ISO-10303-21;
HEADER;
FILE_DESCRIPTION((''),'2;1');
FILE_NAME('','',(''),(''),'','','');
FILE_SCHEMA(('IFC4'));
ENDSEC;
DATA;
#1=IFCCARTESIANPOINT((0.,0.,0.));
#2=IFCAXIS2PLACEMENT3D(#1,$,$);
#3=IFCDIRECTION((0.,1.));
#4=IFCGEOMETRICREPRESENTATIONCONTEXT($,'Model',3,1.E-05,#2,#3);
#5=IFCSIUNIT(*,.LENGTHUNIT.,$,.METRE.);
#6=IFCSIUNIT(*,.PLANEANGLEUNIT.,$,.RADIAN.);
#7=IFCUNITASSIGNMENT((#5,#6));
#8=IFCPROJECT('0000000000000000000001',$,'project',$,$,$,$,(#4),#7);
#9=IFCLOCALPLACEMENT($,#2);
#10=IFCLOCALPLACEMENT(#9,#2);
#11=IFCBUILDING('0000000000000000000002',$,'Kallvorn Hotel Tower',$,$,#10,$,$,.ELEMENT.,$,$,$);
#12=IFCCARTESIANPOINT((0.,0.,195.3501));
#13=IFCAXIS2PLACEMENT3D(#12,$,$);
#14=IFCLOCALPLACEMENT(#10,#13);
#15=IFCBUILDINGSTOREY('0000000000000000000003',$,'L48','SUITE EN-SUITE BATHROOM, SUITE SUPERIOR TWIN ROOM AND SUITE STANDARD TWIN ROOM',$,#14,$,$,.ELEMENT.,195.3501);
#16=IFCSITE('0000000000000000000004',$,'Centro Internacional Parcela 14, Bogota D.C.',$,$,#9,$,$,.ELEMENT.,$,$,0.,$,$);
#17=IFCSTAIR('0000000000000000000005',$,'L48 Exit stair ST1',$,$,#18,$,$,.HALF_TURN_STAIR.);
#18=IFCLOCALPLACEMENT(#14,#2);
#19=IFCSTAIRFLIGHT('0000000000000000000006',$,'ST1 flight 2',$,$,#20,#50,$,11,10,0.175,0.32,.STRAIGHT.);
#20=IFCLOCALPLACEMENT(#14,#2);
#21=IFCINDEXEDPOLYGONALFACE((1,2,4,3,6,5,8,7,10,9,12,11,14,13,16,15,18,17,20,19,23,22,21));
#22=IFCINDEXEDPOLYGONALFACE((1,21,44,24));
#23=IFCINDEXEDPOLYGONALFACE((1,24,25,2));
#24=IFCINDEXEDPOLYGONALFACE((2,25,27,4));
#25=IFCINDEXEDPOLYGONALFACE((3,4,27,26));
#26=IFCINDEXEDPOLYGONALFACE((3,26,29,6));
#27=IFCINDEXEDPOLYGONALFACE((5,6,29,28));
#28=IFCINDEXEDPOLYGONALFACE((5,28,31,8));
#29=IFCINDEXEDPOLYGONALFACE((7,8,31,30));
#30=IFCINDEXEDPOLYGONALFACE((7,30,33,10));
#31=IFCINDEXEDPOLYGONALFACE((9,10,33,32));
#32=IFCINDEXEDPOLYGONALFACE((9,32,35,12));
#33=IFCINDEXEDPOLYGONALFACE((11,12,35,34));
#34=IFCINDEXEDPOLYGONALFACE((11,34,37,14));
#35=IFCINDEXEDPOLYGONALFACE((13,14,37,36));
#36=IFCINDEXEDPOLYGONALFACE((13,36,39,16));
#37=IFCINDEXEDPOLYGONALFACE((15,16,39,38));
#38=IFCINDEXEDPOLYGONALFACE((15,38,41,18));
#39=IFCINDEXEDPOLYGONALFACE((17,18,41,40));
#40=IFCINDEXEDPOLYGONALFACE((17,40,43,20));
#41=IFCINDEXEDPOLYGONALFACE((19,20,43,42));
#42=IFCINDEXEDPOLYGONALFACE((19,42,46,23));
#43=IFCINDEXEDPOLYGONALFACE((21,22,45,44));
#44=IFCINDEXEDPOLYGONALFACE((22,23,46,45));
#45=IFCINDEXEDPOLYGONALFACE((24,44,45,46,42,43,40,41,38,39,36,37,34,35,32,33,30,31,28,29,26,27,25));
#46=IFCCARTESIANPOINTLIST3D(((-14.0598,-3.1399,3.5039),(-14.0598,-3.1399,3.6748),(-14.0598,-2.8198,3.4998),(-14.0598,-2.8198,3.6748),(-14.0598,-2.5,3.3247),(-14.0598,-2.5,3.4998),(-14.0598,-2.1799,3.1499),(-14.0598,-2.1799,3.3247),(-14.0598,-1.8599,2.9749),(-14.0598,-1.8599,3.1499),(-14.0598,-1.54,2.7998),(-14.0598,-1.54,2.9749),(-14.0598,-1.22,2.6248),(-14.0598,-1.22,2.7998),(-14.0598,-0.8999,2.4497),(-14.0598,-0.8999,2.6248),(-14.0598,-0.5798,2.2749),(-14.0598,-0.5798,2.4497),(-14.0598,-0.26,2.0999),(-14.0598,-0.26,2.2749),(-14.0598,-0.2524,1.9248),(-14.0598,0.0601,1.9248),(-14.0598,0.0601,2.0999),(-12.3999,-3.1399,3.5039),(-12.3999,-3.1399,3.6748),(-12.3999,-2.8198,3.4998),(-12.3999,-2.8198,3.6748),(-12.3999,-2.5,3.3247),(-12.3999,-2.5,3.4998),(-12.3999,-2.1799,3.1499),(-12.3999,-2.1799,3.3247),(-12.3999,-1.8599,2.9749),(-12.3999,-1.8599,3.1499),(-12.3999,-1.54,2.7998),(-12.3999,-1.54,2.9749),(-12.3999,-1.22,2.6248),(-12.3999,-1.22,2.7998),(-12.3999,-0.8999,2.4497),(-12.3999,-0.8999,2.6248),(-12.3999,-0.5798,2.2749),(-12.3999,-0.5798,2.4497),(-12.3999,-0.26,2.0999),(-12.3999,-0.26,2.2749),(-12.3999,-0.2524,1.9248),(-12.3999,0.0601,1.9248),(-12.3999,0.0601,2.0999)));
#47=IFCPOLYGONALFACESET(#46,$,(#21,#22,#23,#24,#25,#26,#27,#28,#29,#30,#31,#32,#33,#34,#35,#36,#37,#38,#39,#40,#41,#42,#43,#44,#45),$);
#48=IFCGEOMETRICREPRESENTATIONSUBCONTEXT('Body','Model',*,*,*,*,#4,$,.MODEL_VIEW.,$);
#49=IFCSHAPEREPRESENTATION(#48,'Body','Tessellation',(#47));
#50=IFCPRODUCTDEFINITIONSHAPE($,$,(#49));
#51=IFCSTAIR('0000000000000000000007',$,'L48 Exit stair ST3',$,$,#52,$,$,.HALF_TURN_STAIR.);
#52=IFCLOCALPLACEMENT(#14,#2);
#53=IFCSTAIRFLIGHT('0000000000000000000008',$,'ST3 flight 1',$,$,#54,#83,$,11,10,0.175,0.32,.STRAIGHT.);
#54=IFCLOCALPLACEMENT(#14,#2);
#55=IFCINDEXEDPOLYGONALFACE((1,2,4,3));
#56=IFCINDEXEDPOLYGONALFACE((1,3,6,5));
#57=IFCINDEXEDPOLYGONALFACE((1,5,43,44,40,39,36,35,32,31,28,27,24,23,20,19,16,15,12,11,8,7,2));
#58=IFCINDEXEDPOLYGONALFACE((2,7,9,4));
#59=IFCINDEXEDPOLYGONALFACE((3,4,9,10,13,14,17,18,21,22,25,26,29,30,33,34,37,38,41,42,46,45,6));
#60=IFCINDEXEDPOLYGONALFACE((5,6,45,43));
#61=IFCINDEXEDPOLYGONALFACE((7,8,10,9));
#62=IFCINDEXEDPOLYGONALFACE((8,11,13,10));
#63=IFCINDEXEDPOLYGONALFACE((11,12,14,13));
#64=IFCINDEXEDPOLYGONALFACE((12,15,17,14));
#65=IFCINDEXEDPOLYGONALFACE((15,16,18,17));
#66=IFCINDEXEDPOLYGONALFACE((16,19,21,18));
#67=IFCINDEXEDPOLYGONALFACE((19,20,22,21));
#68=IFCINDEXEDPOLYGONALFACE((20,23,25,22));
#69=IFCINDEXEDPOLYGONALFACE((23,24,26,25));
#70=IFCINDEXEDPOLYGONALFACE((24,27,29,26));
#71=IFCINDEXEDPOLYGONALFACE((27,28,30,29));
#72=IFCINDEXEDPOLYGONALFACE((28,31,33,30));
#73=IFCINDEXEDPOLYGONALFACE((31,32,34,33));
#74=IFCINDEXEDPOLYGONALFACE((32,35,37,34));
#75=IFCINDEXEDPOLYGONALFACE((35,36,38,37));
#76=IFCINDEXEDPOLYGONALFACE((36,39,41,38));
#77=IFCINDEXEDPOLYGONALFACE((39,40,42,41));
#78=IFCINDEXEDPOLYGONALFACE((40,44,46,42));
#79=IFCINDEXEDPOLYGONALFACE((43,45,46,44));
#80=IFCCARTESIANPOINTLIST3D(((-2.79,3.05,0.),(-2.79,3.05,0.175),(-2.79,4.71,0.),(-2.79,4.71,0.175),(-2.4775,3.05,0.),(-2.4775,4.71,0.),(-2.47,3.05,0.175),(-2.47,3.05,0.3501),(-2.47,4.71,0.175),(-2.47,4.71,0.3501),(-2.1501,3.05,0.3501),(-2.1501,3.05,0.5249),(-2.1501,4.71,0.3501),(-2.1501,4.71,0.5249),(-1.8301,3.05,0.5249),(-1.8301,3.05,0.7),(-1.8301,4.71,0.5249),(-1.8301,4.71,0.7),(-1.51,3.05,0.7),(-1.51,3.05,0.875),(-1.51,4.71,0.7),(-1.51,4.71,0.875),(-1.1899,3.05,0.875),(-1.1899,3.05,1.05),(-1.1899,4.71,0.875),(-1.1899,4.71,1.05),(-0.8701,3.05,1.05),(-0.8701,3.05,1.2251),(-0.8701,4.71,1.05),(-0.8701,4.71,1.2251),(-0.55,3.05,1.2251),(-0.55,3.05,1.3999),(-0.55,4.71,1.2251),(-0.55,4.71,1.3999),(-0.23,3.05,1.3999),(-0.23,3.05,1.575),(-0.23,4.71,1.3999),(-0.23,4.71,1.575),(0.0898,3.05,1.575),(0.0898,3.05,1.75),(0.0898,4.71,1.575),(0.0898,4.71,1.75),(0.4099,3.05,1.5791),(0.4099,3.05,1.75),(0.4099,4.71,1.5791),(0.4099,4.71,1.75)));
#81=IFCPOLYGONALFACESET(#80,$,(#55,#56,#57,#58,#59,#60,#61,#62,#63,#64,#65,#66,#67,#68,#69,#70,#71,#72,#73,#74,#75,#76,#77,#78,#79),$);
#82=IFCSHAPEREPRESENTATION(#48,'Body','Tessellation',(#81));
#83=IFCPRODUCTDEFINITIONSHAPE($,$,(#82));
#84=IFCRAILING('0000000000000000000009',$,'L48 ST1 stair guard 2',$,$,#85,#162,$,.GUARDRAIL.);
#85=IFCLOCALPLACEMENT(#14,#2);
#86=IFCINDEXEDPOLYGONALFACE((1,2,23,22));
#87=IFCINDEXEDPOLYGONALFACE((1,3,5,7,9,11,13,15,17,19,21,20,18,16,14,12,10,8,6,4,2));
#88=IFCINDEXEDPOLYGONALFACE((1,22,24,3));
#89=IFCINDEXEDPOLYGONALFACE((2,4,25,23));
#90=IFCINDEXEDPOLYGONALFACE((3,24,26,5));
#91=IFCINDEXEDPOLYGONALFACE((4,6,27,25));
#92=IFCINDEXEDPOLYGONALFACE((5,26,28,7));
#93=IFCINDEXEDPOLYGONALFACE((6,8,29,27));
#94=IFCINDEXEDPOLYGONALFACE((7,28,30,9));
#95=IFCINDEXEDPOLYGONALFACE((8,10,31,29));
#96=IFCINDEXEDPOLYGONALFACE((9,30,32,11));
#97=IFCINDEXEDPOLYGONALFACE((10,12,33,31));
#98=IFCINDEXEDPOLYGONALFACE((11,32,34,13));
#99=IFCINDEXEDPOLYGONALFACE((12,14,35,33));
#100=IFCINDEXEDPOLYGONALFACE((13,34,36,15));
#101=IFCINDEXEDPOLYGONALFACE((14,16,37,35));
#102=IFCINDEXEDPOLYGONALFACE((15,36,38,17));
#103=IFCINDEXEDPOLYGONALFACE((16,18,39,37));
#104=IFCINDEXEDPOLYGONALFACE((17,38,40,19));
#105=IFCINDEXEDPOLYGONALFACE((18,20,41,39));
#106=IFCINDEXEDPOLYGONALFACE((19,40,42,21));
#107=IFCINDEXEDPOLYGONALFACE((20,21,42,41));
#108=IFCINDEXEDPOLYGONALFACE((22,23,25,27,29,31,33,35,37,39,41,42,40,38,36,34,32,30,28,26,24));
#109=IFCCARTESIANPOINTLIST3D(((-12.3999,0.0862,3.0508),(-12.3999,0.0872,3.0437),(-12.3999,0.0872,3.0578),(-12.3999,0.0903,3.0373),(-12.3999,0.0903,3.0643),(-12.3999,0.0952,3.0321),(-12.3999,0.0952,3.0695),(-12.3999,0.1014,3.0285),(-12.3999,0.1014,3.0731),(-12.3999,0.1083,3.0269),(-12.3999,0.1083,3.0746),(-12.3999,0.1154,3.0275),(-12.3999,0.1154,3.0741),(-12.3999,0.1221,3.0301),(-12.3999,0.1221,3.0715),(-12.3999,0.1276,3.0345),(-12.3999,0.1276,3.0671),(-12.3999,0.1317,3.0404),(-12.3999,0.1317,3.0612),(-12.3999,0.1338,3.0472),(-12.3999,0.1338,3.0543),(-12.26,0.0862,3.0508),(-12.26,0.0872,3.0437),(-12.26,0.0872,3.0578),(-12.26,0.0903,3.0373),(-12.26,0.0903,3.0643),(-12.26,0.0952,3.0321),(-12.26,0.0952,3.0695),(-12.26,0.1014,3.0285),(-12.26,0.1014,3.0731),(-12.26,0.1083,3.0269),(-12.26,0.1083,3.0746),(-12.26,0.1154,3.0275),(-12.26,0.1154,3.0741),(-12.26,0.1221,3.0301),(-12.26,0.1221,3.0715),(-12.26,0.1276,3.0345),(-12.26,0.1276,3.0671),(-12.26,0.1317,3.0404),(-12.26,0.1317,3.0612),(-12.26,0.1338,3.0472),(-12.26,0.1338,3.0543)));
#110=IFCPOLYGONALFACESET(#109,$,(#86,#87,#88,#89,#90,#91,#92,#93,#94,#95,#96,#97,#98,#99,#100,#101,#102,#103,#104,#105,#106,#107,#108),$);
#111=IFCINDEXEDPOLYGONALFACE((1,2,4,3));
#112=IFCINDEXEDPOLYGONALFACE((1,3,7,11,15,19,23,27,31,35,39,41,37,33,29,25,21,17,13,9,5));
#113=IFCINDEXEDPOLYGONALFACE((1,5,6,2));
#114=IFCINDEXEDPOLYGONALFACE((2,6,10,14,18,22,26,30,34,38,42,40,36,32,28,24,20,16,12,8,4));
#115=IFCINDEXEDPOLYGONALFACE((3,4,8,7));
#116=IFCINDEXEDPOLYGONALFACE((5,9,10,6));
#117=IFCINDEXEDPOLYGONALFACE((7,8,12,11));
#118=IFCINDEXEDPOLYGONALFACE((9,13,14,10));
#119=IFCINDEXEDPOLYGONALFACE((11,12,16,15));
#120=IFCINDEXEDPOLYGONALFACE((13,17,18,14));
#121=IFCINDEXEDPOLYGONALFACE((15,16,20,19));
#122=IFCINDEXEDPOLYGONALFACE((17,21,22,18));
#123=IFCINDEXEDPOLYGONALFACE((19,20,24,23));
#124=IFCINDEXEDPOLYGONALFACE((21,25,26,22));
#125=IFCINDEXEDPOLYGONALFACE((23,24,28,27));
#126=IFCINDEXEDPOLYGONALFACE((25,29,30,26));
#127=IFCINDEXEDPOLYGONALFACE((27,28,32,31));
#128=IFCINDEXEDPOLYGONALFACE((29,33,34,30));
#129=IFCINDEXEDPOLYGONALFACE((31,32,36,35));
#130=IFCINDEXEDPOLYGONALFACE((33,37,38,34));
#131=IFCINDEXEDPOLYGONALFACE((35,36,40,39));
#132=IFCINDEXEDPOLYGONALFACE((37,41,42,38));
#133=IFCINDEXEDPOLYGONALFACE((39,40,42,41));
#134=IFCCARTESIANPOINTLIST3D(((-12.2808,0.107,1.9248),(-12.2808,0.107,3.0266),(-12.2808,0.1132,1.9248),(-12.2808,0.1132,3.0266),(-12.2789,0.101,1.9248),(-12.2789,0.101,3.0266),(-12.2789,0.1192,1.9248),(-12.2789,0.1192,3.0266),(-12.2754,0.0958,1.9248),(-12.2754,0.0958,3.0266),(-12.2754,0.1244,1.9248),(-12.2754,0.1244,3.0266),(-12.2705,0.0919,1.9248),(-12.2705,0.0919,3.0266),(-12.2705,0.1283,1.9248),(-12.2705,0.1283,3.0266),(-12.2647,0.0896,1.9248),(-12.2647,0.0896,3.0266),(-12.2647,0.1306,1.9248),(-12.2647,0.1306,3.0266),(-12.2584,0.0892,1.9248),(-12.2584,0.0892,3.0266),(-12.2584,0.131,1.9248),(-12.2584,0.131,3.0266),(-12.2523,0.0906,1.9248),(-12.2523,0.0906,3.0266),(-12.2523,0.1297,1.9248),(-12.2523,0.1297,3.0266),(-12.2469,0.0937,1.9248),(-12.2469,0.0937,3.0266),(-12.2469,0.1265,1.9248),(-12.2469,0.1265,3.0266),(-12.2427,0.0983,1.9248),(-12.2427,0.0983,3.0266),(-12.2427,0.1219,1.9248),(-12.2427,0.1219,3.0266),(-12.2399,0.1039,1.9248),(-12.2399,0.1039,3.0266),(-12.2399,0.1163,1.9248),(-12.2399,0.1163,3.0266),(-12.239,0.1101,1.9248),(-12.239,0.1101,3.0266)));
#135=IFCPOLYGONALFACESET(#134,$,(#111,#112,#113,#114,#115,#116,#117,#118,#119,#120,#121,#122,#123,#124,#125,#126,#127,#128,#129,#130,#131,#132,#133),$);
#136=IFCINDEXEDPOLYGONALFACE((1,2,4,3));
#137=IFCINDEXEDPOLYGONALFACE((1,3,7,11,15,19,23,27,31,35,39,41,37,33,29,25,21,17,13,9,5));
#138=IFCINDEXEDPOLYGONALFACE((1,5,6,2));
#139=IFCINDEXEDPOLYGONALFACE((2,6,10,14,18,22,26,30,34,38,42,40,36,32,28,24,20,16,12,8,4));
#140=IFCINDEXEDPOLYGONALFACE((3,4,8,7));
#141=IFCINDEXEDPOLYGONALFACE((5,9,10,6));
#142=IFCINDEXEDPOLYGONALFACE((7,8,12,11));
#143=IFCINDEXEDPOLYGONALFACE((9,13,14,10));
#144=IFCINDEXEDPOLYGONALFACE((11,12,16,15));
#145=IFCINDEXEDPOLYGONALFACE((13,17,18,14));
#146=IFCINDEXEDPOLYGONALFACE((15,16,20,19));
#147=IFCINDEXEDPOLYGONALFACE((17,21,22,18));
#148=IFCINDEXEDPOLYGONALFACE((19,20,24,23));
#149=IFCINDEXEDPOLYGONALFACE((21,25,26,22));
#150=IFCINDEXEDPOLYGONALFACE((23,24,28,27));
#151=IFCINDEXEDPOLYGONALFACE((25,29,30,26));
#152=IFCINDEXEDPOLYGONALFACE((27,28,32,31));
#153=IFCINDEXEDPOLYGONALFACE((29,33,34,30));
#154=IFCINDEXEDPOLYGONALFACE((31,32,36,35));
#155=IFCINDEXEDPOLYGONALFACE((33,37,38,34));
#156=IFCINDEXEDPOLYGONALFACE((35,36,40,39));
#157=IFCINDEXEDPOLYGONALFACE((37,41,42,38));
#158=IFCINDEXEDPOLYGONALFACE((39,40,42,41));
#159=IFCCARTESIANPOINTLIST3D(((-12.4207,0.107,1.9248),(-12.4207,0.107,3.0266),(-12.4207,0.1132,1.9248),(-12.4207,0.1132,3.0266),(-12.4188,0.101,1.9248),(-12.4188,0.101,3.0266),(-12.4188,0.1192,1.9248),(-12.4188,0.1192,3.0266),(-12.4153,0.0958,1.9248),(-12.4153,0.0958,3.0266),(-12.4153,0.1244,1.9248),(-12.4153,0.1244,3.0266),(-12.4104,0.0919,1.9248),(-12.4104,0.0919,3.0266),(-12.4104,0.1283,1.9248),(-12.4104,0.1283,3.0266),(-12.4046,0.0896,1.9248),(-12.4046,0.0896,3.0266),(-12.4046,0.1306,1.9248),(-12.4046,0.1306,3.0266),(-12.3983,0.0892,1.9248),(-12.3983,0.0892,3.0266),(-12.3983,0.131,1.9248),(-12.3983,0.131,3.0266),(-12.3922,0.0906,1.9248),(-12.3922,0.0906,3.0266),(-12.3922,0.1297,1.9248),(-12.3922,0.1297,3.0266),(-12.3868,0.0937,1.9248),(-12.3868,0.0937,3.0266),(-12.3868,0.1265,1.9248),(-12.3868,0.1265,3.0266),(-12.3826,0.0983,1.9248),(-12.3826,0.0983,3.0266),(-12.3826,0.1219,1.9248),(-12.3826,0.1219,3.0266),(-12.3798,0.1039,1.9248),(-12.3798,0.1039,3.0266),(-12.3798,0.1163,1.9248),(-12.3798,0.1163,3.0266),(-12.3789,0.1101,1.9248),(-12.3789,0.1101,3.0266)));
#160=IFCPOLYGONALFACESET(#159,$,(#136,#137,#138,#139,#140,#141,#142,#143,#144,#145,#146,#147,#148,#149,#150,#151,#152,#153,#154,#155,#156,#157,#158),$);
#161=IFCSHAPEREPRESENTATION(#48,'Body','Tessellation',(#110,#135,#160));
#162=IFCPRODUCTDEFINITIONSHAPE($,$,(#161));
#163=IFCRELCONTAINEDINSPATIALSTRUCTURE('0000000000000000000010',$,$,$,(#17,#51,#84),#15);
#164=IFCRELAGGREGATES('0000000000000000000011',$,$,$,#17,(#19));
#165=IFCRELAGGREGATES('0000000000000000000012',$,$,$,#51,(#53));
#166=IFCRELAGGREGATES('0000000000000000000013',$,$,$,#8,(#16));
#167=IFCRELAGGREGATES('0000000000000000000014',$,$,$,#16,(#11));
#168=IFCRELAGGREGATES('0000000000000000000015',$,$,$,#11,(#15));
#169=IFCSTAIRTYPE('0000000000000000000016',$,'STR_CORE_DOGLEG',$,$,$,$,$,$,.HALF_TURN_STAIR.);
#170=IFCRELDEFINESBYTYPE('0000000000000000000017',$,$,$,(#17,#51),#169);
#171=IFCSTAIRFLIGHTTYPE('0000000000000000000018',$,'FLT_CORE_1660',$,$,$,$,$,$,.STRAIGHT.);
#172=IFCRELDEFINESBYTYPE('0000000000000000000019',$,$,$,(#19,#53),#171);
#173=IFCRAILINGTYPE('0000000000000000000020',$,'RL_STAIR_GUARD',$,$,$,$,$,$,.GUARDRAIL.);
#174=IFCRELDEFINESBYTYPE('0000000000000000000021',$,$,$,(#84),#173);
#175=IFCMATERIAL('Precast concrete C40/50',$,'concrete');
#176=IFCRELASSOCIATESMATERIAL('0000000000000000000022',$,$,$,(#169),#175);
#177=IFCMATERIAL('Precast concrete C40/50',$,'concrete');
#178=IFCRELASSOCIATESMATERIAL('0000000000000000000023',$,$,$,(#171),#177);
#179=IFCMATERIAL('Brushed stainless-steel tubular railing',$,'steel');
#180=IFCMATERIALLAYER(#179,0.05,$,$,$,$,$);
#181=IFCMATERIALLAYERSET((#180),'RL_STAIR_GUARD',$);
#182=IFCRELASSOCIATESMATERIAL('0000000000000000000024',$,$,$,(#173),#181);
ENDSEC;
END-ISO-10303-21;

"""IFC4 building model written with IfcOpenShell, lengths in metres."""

from ifc_helpers import new_model, si_unit, direction, frame, origin, origin_2d, place, context, subcontext, project, spatial, polyline, circle, outline, extrude, material, layer, layer_set, type_object, element, aggregate, save


model = new_model("IFC4")

# Units and contexts
model_context = context("Model", 3, precision=1e-05, world=origin(), true_north=direction((0.0, 1.0)))
body_context = subcontext(model_context, "Body", "Model", "MODEL_VIEW")
ifc_project = project(units=[si_unit("LENGTHUNIT", "METRE"), si_unit("PLANEANGLEUNIT", "RADIAN")], contexts=[model_context])

# Site, building, storey
site_placement = place(None, origin())
site = spatial("IfcSite", under=ifc_project, at=site_placement, Name="Centro Internacional Parcela 14, Bogota D.C.", CompositionType="ELEMENT", RefElevation=0.0)
building_placement = place(site_placement, origin())
building = spatial("IfcBuilding", under=site, at=building_placement, Name="Kallvorn Hotel Tower", CompositionType="ELEMENT")
storey_placement = place(building_placement, frame((0.0, 0.0, 195.3501)))
storey = spatial("IfcBuildingStorey", under=building, at=storey_placement, Name="L48", Description="SUITE EN-SUITE BATHROOM, SUITE SUPERIOR TWIN ROOM AND SUITE STANDARD TWIN ROOM", CompositionType="ELEMENT", Elevation=195.3501)

# Stair
ifc_material_1 = material(Name="Precast concrete C40/50", Category="concrete")
stair_type = type_object("IfcStairType", Name="STR_CORE_DOGLEG", PredefinedType="HALF_TURN_STAIR", material=ifc_material_1)
stair_1_placement = place(storey_placement, origin())
stair_1 = element("IfcStair", 1, at=stair_1_placement, inside=storey, type_object=stair_type, Name="L48 Exit stair ST1", PredefinedType="HALF_TURN_STAIR")

# Stair flight
ifc_material_2 = material(Name="Precast concrete C40/50", Category="concrete")
stair_flight_type = type_object("IfcStairFlightType", Name="FLT_CORE_1660", PredefinedType="STRAIGHT", material=ifc_material_2)
stair_flight_1_placement = place(storey_placement, frame((-13.23, 0.0601, 1.9248), z_axis=(0.0, 0.0, 1.0), x_axis=(0.0, -1.0, 0.0)))
stair_flight_1 = element("IfcStairFlight", 2, at=stair_flight_1_placement, type_object=stair_flight_type, Name="ST1 flight 2", NumberOfRisers=11, NumberOfTreads=10, PredefinedType="STRAIGHT", RiserHeight=0.175, TreadLength=0.32, context=body_context, shape_type="SweptSolid", body=[
    extrude(outline(polyline([(0.0, 0.0), (0.0, 0.175), (0.3201, 0.175), (0.3201, 0.3501), (0.6399, 0.3501), (0.6399, 0.5249), (0.96, 0.5249), (0.96, 0.7), (1.28, 0.7), (1.28, 0.875), (1.6001, 0.875), (1.6001, 1.05), (1.9199, 1.05), (1.9199, 1.2251), (2.24, 1.2251), (2.24, 1.3999), (2.5601, 1.3999), (2.5601, 1.575), (2.8799, 1.575), (2.8799, 1.75), (3.2, 1.75), (3.2, 1.925), (3.2, 1.5791), (0.3125, 0.0), (0.0, 0.0)])), frame((0.0, 0.8301, 0.0), z_axis=(0.0, -1.0, 0.0), x_axis=(1.0, 0.0, 0.0)), (0.0, 0.0, 1.0), 1.6599),
])
aggregate(stair_1, [stair_flight_1])

# Stair, stair flight
stair_2_placement = place(storey_placement, origin())
stair_2 = element("IfcStair", 3, at=stair_2_placement, inside=storey, type_object=stair_type, Name="L48 Exit stair ST3", PredefinedType="HALF_TURN_STAIR")
stair_flight_2_placement = place(storey_placement, frame((-2.79, 3.8799, 0.0), z_axis=(0.0, 0.0, 1.0), x_axis=(1.0, 0.0, 0.0)))
stair_flight_2 = element("IfcStairFlight", 4, at=stair_flight_2_placement, type_object=stair_flight_type, Name="ST3 flight 1", NumberOfRisers=11, NumberOfTreads=10, PredefinedType="STRAIGHT", RiserHeight=0.175, TreadLength=0.32, context=body_context, shape_type="SweptSolid", body=[
    extrude(outline(polyline([(0.0, 0.0), (0.0, 0.175), (0.3201, 0.175), (0.3201, 0.3501), (0.6399, 0.3501), (0.6399, 0.5249), (0.96, 0.5249), (0.96, 0.7), (1.28, 0.7), (1.28, 0.875), (1.6001, 0.875), (1.6001, 1.05), (1.9199, 1.05), (1.9199, 1.2251), (2.24, 1.2251), (2.24, 1.3999), (2.5601, 1.3999), (2.5601, 1.575), (2.8799, 1.575), (2.8799, 1.75), (3.2, 1.75), (3.2, 1.925), (3.2, 1.5791), (0.3125, 0.0), (0.0, 0.0)])), frame((0.0, 0.8301, 0.0), z_axis=(0.0, -1.0, 0.0), x_axis=(1.0, 0.0, 0.0)), (0.0, 0.0, 1.0), 1.6599),
])
aggregate(stair_2, [stair_flight_2])

# Railing
ifc_material_3 = material(Name="Brushed stainless-steel tubular railing", Category="steel")
ifc_layer_1 = layer(ifc_material_3, 0.05)
ifc_layer_set_1 = layer_set([ifc_layer_1], Name="RL_STAIR_GUARD")
railing_type_1 = type_object("IfcRailingType", Name="RL_STAIR_GUARD", PredefinedType="GUARDRAIL", material=ifc_layer_set_1)
railing_1_placement = place(storey_placement, frame((-12.26, 0.1101, 1.9248)))
element("IfcRailing", 5, at=railing_1_placement, inside=storey, type_object=railing_type_1, Name="L48 ST1 stair guard 2", PredefinedType="GUARDRAIL", context=body_context, shape_type="SweptSolid", body=[
    extrude(circle(Radius=0.0239, at=origin_2d()), frame((0.0, 0.0, 1.126), z_axis=(-1.0, 0.0, 0.0), x_axis=(0.0, -1.0, 0.0)), (0.0, 0.0, 1.0), 0.1399),
    extrude(circle(Radius=0.021, at=origin_2d()), origin(), (0.0, 0.0, 1.0), 1.1018),
    extrude(circle(Radius=0.021, at=origin_2d()), frame((-0.1399, 0.0, 0.0)), (0.0, 0.0, 1.0), 1.1018),
])

save(model, "model.ifc")
